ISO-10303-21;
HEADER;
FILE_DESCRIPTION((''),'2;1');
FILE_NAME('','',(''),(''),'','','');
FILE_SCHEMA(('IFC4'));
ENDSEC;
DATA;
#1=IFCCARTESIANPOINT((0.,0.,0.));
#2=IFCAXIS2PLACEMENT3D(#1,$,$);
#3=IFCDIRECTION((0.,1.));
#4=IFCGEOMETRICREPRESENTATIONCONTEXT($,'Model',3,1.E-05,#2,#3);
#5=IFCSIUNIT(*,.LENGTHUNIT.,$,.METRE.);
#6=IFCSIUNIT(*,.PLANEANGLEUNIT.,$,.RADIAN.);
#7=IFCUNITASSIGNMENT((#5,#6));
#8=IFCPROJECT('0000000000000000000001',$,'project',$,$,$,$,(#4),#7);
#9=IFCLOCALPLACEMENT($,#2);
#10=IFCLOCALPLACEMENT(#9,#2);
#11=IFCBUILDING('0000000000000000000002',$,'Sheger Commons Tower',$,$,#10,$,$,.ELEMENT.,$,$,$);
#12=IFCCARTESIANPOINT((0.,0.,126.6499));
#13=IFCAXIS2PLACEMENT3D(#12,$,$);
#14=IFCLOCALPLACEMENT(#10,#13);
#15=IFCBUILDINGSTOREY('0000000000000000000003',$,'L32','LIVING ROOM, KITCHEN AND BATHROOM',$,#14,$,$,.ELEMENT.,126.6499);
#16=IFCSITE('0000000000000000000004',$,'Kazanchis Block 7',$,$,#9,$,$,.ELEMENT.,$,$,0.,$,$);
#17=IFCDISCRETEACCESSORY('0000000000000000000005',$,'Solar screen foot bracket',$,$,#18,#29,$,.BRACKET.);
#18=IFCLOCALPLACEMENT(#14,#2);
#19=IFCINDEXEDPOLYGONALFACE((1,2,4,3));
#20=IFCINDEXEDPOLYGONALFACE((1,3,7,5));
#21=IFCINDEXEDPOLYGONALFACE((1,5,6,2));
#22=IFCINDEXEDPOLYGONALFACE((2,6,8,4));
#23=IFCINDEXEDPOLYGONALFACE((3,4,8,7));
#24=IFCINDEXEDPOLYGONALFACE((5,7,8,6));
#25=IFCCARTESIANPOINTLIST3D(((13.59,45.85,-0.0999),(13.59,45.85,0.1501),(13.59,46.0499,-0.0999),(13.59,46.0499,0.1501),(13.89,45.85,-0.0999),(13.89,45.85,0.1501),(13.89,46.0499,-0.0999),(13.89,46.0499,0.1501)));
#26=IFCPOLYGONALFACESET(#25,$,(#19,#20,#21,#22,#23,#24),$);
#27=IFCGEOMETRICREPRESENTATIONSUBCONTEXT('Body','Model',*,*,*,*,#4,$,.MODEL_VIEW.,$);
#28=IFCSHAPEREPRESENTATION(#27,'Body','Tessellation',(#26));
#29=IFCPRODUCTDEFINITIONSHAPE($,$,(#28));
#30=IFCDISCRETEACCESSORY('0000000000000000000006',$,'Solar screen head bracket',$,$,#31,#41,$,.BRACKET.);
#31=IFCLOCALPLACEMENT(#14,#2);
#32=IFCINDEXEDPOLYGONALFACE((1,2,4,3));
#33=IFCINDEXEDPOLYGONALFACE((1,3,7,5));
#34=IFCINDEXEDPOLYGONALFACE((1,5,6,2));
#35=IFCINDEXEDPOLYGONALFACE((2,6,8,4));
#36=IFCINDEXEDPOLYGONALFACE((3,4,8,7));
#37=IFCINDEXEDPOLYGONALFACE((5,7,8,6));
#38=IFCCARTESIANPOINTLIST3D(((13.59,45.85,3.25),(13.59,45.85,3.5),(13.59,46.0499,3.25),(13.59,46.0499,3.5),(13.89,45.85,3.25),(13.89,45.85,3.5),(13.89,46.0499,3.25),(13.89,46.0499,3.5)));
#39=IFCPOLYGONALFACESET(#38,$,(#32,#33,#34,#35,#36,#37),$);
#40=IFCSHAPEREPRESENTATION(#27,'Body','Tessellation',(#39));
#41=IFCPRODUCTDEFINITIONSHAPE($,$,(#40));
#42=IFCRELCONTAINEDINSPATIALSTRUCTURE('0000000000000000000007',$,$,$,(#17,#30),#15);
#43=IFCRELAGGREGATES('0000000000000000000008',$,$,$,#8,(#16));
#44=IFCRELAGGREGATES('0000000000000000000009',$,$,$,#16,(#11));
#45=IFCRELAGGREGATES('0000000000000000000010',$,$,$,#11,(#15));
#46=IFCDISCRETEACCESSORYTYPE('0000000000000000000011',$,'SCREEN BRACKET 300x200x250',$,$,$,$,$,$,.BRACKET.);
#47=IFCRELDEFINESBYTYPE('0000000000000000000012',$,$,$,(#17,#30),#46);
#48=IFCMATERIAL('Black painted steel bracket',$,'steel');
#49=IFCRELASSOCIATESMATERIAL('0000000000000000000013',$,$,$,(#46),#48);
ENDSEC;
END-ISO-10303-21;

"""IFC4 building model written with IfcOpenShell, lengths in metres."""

from ifc_helpers import new_model, si_unit, direction, frame, origin, origin_2d, place, context, subcontext, project, spatial, rectangle, extrude, material, type_object, element, save


model = new_model("IFC4")

# Units and contexts
model_context = context("Model", 3, precision=1e-05, world=origin(), true_north=direction((0.0, 1.0)))
body_context = subcontext(model_context, "Body", "Model", "MODEL_VIEW")
ifc_project = project(units=[si_unit("LENGTHUNIT", "METRE"), si_unit("PLANEANGLEUNIT", "RADIAN")], contexts=[model_context])

# Site, building, storey
site_placement = place(None, origin())
site = spatial("IfcSite", under=ifc_project, at=site_placement, Name="Kazanchis Block 7", CompositionType="ELEMENT", RefElevation=0.0)
building_placement = place(site_placement, origin())
building = spatial("IfcBuilding", under=site, at=building_placement, Name="Sheger Commons Tower", CompositionType="ELEMENT")
storey_placement = place(building_placement, frame((0.0, 0.0, 126.6499)))
storey = spatial("IfcBuildingStorey", under=building, at=storey_placement, Name="L32", Description="LIVING ROOM, KITCHEN AND BATHROOM", CompositionType="ELEMENT", Elevation=126.6499)

# Discrete accessories
ifc_material_1 = material(Name="Black painted steel bracket", Category="steel")
discrete_accessory_type = type_object("IfcDiscreteAccessoryType", Name="SCREEN BRACKET 300x200x250", PredefinedType="BRACKET", material=ifc_material_1)
for number, where, z_axis, x_axis, name in (
    (1, (13.74, 45.95, -0.0999), (0.0, 0.0, 1.0), (-1.0, 0.0, 0.0), "Solar screen foot bracket"),
    (2, (13.74, 45.95, 3.25), (0.0, 0.0, 1.0), (-1.0, 0.0, 0.0), "Solar screen head bracket"),
):
    element("IfcDiscreteAccessory", number, at=place(storey_placement, frame(where, z_axis=z_axis, x_axis=x_axis)), inside=storey, type_object=discrete_accessory_type, Name=name, PredefinedType="BRACKET", context=body_context, shape_type="SweptSolid", body=[
        extrude(rectangle(XDim=0.3, YDim=0.2, at=origin_2d()), origin(), (0.0, 0.0, 1.0), 0.25),
    ])

save(model, "model.ifc")
